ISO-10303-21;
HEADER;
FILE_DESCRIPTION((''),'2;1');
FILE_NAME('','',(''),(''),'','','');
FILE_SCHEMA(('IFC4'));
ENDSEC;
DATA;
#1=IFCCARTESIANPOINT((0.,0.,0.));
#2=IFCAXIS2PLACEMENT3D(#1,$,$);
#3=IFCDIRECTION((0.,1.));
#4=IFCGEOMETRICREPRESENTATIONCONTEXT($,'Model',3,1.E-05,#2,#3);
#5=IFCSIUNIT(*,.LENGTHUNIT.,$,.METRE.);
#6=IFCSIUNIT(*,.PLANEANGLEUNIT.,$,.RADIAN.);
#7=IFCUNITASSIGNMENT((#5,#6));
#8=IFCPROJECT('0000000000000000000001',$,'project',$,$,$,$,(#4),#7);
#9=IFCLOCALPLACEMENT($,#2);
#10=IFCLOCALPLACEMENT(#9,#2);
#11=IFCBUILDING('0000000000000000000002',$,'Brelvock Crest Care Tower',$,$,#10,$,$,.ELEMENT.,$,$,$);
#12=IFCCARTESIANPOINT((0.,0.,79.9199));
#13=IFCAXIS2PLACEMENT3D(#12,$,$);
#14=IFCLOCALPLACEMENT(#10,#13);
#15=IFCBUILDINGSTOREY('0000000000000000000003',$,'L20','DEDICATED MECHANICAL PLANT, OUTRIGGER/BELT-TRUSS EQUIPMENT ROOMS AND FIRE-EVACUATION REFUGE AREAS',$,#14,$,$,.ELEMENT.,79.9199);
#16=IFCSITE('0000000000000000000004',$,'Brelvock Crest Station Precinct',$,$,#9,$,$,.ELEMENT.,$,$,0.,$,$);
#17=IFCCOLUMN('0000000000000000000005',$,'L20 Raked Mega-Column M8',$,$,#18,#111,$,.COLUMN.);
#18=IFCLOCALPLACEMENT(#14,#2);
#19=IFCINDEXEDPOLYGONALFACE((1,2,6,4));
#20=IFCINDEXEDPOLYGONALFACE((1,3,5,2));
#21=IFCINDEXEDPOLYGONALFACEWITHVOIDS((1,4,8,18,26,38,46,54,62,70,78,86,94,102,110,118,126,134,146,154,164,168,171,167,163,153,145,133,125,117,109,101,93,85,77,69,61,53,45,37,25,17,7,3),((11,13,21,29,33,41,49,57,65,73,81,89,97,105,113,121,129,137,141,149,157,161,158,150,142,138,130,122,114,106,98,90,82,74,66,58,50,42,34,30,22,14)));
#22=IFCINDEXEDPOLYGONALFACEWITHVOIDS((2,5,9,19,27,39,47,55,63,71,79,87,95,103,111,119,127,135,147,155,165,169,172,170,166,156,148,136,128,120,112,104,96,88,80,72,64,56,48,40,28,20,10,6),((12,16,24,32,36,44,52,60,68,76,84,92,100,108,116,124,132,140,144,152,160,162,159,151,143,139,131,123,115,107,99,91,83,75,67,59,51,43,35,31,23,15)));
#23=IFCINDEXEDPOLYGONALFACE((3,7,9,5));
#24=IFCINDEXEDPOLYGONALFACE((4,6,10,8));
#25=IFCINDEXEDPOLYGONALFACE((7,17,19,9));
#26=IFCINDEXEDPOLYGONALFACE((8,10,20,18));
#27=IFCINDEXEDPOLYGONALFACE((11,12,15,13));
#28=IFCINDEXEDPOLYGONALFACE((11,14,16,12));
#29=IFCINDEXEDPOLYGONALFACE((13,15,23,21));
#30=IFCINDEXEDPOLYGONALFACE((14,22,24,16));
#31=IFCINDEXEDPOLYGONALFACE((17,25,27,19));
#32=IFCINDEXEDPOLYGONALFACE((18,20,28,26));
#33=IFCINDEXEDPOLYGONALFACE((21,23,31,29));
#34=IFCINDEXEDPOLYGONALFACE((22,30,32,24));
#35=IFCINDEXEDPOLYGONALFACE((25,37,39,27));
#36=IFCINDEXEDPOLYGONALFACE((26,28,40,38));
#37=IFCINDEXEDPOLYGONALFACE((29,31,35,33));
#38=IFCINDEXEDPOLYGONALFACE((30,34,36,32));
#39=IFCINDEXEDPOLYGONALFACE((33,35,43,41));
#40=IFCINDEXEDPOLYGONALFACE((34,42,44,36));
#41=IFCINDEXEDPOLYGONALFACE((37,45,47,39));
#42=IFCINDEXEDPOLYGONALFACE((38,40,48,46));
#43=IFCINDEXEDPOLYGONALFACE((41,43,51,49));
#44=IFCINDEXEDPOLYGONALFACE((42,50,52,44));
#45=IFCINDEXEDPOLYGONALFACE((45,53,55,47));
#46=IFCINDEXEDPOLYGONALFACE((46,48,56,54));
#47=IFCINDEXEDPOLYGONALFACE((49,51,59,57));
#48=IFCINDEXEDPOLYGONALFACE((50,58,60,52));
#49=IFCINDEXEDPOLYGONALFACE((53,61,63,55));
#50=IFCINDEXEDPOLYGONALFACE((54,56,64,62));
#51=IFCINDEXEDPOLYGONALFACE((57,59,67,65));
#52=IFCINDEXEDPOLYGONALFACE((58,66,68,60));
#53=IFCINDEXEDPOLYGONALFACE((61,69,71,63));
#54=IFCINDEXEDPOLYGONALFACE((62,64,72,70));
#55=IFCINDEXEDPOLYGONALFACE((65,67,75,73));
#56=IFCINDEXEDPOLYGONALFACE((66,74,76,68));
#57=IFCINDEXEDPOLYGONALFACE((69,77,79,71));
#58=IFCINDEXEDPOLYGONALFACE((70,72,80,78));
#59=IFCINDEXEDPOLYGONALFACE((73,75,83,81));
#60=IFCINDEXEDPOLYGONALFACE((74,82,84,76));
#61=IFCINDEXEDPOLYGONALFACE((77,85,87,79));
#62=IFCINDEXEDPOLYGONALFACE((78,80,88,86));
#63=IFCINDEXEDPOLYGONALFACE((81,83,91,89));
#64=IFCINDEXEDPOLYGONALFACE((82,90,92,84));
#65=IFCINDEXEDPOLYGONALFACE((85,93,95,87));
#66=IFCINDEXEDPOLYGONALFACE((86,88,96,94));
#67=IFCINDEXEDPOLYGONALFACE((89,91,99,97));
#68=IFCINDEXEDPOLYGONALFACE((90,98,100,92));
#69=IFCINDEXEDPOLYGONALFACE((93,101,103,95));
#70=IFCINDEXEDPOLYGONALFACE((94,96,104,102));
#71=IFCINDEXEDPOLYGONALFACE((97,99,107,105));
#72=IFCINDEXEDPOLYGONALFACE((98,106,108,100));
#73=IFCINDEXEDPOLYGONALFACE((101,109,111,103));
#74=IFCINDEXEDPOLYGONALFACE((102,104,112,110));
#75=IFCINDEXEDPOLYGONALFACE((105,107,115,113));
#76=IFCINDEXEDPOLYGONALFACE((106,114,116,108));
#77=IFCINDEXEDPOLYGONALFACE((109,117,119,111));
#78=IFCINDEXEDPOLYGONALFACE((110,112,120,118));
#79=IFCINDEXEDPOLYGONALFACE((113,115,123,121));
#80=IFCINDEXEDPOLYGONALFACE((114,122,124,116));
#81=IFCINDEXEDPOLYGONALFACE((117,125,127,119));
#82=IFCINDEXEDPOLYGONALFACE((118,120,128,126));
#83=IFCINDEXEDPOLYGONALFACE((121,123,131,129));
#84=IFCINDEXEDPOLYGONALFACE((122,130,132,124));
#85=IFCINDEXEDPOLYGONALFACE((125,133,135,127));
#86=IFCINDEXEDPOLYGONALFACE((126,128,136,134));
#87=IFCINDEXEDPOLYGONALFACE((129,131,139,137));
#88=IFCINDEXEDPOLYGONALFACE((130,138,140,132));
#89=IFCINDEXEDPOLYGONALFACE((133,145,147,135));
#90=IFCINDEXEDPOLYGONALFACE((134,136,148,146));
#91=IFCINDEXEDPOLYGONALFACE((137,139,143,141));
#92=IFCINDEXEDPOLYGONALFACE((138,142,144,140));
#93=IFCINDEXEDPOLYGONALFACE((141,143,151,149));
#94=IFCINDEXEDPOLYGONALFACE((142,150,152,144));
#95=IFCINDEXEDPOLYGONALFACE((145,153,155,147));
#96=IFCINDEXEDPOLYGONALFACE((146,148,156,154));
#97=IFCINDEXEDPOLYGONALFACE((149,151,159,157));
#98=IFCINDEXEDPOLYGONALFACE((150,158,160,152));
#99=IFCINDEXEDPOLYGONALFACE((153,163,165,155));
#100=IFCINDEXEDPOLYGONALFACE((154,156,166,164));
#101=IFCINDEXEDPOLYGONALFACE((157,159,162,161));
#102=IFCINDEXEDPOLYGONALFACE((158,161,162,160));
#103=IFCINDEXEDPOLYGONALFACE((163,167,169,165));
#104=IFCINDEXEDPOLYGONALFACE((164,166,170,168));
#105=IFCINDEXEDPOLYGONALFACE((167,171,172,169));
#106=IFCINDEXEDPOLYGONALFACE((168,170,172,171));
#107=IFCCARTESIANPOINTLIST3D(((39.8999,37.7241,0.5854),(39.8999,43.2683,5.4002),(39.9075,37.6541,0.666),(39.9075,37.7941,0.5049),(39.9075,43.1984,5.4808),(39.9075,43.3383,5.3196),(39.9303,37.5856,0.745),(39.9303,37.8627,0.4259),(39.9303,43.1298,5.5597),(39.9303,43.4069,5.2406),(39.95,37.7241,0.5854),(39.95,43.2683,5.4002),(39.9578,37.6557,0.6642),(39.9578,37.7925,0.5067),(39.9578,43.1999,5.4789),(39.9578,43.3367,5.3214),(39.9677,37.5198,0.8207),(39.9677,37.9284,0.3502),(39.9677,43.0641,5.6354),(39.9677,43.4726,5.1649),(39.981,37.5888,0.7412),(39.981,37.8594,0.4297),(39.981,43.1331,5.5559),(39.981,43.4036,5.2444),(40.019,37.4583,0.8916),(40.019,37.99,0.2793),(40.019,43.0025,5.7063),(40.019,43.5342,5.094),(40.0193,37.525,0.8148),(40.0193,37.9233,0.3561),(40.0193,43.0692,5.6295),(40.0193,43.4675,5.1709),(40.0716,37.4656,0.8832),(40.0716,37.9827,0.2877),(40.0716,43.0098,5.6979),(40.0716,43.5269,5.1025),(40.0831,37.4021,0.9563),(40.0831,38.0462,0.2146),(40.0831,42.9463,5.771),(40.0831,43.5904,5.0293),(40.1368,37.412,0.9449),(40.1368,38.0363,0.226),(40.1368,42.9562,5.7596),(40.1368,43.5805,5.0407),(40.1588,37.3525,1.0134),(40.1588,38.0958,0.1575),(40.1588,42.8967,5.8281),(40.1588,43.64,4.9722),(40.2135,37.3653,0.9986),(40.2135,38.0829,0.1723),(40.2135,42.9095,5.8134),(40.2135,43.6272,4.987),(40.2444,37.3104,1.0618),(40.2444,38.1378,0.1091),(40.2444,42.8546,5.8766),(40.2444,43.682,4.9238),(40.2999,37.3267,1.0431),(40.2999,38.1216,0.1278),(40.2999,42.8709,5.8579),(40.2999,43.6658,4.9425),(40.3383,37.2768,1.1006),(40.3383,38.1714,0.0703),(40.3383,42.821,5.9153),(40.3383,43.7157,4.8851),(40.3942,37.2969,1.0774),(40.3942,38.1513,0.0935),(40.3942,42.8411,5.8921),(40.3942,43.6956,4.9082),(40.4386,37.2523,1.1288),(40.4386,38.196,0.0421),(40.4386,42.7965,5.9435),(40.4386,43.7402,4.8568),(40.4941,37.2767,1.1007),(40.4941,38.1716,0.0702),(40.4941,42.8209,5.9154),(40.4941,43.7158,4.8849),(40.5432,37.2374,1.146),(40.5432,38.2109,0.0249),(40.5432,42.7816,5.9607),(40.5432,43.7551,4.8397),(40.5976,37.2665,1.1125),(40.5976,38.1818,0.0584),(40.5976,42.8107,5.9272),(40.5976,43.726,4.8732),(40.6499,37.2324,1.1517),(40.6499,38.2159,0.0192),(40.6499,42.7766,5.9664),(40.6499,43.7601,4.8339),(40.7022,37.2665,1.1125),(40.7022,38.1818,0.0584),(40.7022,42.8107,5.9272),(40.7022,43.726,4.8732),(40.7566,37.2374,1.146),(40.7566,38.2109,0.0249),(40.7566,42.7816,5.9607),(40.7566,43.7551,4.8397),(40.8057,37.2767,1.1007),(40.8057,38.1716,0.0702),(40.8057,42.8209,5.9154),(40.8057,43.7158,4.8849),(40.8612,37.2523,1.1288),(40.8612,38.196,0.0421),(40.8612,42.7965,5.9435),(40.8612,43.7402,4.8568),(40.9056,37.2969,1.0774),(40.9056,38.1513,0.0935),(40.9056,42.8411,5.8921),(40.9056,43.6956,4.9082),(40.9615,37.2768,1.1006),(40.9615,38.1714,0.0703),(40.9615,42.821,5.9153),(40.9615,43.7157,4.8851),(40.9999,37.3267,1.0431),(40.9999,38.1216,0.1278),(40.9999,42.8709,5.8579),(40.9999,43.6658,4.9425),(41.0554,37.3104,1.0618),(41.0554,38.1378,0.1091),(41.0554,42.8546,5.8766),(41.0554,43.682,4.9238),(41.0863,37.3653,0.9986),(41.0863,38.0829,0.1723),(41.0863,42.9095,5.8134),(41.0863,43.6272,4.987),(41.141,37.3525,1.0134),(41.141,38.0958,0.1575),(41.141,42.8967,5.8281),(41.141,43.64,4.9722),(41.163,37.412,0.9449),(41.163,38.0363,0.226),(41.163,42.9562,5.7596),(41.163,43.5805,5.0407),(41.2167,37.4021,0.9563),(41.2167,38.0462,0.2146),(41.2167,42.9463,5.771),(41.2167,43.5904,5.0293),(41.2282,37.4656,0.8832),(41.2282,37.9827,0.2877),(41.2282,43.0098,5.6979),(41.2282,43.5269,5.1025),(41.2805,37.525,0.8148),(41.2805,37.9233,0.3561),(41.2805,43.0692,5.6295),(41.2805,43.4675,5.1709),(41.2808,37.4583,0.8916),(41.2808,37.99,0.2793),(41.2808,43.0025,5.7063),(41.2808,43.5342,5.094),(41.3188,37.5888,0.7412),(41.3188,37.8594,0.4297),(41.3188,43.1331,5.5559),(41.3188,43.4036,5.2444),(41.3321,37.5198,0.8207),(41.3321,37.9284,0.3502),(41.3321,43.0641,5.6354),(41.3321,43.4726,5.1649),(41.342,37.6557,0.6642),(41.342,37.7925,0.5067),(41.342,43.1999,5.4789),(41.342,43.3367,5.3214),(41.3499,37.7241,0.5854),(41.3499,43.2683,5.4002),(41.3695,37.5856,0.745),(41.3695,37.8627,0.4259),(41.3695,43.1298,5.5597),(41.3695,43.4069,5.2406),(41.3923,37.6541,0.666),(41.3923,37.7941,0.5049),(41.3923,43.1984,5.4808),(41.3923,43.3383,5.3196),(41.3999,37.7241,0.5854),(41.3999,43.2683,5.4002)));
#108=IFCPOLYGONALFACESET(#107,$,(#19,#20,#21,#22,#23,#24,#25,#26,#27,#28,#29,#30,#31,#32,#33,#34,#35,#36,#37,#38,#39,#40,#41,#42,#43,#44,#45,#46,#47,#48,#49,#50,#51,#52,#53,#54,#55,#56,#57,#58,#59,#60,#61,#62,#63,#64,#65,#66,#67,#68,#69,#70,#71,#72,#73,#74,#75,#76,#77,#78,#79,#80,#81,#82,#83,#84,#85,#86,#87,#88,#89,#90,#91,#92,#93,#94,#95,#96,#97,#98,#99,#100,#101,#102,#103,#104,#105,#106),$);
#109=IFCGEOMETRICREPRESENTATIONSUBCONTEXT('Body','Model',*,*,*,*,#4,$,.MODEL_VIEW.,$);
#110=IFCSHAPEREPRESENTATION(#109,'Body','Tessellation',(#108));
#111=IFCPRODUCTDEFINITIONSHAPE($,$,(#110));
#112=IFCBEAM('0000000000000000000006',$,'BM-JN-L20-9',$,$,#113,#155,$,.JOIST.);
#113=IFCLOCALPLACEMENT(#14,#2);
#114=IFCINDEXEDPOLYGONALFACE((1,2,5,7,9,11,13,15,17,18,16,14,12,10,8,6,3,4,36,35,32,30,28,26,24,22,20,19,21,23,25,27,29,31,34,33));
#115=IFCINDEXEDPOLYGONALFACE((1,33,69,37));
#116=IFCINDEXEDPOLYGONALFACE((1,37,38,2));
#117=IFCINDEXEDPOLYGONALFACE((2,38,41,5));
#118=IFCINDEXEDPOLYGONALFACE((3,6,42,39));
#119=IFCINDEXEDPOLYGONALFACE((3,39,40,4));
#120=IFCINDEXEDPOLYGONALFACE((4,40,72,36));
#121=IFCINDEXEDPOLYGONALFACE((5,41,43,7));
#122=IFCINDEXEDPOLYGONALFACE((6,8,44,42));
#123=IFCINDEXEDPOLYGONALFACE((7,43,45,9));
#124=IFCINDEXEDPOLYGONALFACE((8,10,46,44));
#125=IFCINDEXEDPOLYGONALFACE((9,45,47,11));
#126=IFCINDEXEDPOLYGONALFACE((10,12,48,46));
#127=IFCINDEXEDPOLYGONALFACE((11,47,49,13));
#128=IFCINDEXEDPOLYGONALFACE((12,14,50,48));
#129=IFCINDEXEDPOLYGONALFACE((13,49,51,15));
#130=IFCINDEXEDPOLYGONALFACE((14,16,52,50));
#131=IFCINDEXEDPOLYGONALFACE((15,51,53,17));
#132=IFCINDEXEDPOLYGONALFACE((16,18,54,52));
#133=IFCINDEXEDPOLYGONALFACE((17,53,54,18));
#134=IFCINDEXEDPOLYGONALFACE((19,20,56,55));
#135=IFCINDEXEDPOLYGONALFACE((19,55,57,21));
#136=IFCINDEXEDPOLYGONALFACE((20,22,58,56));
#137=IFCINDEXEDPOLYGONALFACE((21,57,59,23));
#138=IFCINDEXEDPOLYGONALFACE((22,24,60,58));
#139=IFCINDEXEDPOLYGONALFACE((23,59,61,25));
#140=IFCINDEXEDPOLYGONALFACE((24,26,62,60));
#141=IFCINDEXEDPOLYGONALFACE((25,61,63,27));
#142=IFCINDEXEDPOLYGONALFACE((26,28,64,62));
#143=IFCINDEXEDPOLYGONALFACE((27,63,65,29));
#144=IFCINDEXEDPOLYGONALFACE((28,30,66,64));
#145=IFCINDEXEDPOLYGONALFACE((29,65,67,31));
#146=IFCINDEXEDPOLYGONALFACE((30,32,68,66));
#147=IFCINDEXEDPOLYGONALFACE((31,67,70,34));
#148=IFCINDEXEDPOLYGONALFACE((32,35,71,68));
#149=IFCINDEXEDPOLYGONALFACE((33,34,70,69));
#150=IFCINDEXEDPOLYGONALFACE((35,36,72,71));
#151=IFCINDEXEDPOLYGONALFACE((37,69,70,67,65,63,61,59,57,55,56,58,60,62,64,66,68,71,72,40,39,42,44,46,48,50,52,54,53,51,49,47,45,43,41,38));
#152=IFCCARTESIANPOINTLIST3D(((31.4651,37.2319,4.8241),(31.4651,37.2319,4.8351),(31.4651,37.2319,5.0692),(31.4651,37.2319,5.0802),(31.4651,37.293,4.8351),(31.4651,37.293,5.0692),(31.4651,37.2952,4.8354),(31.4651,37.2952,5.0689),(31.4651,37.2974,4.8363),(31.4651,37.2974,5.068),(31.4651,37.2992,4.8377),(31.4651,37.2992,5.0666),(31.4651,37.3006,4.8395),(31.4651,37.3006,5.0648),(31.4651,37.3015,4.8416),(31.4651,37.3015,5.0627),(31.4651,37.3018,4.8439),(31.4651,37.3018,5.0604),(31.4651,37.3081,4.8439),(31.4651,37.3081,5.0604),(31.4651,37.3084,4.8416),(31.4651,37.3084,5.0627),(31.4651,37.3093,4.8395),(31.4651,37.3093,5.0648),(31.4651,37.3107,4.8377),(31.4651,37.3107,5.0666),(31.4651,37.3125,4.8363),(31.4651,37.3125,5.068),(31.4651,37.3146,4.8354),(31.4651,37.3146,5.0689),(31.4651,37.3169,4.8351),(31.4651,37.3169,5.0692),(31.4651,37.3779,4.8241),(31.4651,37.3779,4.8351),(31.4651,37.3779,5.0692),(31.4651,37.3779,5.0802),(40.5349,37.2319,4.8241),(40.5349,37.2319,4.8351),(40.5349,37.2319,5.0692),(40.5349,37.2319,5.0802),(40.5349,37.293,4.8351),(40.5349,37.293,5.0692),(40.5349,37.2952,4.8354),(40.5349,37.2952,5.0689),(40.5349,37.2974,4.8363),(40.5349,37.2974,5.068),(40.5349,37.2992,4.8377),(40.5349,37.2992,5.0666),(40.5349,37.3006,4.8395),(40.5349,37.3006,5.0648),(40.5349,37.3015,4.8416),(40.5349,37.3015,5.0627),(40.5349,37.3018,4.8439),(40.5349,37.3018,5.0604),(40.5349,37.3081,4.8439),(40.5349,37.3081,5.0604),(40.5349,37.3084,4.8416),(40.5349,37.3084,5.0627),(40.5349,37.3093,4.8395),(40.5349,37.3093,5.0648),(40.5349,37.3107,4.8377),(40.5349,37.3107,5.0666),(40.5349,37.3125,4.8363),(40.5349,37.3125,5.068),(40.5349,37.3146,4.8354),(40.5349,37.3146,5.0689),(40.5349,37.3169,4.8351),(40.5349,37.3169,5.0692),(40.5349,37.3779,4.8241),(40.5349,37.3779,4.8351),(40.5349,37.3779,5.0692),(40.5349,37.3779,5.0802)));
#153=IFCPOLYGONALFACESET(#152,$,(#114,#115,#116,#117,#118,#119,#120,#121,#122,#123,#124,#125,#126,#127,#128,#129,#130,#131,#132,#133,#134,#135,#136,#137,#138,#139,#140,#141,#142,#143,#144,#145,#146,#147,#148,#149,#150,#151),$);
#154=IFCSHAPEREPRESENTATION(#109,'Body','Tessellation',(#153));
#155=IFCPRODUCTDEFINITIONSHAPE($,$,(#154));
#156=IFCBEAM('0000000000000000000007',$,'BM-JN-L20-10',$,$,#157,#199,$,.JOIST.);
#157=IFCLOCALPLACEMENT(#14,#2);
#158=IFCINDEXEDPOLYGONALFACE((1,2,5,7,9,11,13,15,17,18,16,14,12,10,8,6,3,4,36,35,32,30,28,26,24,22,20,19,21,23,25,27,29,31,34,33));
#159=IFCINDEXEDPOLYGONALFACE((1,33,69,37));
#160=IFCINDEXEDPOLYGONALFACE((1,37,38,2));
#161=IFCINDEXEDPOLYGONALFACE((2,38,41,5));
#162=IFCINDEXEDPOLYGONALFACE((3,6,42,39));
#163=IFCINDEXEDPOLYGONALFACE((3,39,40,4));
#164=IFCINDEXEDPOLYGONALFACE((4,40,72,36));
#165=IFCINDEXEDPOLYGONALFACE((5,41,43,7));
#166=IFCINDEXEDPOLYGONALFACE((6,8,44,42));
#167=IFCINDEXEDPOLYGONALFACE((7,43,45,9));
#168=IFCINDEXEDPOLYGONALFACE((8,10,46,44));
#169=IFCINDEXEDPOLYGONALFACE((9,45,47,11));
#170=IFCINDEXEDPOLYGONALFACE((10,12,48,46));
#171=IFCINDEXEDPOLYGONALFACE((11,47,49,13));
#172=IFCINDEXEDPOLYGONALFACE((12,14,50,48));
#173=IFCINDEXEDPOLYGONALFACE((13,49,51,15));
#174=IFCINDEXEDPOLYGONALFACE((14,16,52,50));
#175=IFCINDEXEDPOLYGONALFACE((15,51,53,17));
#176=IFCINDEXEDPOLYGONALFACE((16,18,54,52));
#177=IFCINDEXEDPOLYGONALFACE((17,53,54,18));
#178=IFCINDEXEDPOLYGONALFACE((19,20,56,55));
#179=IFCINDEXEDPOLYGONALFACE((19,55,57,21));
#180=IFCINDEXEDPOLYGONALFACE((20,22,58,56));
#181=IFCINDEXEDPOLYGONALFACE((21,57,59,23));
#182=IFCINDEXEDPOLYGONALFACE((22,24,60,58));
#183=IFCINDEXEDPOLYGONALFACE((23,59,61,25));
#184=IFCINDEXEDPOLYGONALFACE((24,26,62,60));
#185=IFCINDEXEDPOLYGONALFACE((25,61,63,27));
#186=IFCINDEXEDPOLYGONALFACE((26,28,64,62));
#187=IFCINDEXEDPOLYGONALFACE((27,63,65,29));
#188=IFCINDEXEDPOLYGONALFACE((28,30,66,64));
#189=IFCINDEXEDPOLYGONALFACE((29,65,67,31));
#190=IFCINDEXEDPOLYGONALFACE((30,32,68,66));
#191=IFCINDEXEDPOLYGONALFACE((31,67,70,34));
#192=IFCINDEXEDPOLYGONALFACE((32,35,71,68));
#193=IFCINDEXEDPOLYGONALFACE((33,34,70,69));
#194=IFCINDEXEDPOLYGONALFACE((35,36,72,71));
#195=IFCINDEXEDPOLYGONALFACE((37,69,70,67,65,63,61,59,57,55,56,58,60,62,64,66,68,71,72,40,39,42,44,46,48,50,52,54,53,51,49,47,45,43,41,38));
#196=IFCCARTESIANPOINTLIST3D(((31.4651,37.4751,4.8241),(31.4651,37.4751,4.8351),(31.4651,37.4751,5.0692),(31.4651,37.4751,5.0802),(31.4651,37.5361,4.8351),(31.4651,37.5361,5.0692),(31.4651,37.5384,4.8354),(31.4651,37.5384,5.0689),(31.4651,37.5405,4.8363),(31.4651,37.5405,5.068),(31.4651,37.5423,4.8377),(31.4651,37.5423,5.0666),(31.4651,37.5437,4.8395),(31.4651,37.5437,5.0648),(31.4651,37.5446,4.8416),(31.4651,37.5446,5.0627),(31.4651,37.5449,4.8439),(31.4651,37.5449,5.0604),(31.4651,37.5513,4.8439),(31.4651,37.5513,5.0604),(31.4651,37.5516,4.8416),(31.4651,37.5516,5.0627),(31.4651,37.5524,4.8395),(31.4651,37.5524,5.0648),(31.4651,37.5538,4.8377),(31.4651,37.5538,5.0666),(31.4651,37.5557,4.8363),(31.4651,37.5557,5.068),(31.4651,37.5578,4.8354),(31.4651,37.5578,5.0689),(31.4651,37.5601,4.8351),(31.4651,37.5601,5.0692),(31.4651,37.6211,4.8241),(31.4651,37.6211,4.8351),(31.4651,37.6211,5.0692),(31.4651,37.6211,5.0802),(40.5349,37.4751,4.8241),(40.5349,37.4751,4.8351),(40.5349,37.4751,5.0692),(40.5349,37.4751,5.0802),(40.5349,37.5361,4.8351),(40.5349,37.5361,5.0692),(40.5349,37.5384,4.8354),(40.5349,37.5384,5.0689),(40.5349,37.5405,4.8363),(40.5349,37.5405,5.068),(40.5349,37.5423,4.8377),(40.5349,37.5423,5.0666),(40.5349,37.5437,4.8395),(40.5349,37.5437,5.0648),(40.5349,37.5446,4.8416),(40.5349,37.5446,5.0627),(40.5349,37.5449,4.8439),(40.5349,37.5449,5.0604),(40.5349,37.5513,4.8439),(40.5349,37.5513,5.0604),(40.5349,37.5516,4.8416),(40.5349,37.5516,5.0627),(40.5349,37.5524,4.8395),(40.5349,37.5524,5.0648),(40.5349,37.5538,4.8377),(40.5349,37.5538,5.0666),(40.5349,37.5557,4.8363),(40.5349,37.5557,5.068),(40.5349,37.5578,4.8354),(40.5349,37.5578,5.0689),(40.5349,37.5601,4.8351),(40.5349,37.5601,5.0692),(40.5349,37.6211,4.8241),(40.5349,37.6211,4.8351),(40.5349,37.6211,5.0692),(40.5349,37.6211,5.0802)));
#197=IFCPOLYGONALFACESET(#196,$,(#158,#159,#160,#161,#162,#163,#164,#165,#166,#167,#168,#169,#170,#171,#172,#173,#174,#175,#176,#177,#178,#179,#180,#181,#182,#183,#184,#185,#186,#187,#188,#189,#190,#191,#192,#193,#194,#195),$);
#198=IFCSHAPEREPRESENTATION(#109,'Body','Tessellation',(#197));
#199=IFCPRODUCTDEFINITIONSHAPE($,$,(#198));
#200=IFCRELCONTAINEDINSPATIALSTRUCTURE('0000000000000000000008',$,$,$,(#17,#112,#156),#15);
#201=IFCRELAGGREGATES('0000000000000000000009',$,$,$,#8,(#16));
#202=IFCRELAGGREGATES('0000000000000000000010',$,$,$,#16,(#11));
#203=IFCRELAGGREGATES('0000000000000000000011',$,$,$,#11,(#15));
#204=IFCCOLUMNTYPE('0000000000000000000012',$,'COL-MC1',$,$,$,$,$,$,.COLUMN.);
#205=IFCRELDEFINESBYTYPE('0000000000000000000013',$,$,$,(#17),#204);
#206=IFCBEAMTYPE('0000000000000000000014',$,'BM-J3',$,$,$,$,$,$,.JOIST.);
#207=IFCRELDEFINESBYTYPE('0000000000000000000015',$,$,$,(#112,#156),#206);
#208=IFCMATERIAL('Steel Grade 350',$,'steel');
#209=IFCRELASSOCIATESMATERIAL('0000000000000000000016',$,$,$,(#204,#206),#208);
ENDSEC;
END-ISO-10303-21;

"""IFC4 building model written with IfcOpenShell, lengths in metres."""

from ifc_helpers import new_model, si_unit, direction, frame, origin, origin_2d, place, context, subcontext, project, spatial, hollow_circle, i_section, extrude, source, transform, mapped, material, material_profile, profile_set, type_object, element, save


model = new_model("IFC4")

# Units and contexts
model_context = context("Model", 3, precision=1e-05, world=origin(), true_north=direction((0.0, 1.0)))
body_context = subcontext(model_context, "Body", "Model", "MODEL_VIEW")
ifc_project = project(units=[si_unit("LENGTHUNIT", "METRE"), si_unit("PLANEANGLEUNIT", "RADIAN")], contexts=[model_context])

# Site, building, storey
site_placement = place(None, origin())
site = spatial("IfcSite", under=ifc_project, at=site_placement, Name="Brelvock Crest Station Precinct", CompositionType="ELEMENT", RefElevation=0.0)
building_placement = place(site_placement, origin())
building = spatial("IfcBuilding", under=site, at=building_placement, Name="Brelvock Crest Care Tower", CompositionType="ELEMENT")
storey_placement = place(building_placement, frame((0.0, 0.0, 79.9199)))
storey = spatial("IfcBuildingStorey", under=building, at=storey_placement, Name="L20", Description="DEDICATED MECHANICAL PLANT, OUTRIGGER/BELT-TRUSS EQUIPMENT ROOMS AND FIRE-EVACUATION REFUGE AREAS", CompositionType="ELEMENT", Elevation=79.9199)

# Column
ifc_material_1 = material(Name="Steel Grade 350", Category="steel")
ifc_material_profile_1 = material_profile(ifc_material_1, hollow_circle(Radius=0.75, WallThickness=0.05, at=origin_2d()), Name="CFT1500x50")
ifc_profile_set_1 = profile_set([ifc_material_profile_1], Name="Steel Grade 350")
column_type = type_object("IfcColumnType", Name="COL-MC1", PredefinedType="COLUMN", material=ifc_profile_set_1)
shared_shape_1 = source(origin(), body_context, "Body", "SweptSolid", [
    extrude(hollow_circle(Radius=0.75, WallThickness=0.05, at=origin_2d()), origin(), (0.0, 0.0, 1.0), 7.343),
])
column_placement = place(storey_placement, frame((40.6499, 37.7241, 0.5854), z_axis=(0.0, 0.755033, 0.655687), x_axis=(-1.0, 0.0, 0.0)))
element("IfcColumn", 1, at=column_placement, inside=storey, type_object=column_type, Name="L20 Raked Mega-Column M8", PredefinedType="COLUMN", context=body_context, shape_type="MappedRepresentation", body=[
    mapped(shared_shape_1, transform((0.0, 0.0, 0.0), x_axis=(1.0, 0.0, 0.0), y_axis=(0.0, 1.0, 0.0), z_axis=(0.0, 0.0, 1.0), scale=1.0)),
])

# Beams
ifc_material_profile_2 = material_profile(ifc_material_1, i_section(OverallWidth=0.146, OverallDepth=0.2561, WebThickness=0.0063, FlangeThickness=0.011, FilletRadius=0.0088, at=origin_2d()), Name="250UB37.3")
ifc_profile_set_2 = profile_set([ifc_material_profile_2], Name="Steel Grade 350")
beam_type_1 = type_object("IfcBeamType", Name="BM-J3", PredefinedType="JOIST", material=ifc_profile_set_2)
shared_shape_2 = source(origin(), body_context, "Body", "SweptSolid", [
    extrude(i_section(OverallWidth=0.146, OverallDepth=0.2561, WebThickness=0.0063, FlangeThickness=0.011, FilletRadius=0.0088, at=origin_2d()), origin(), (0.0, 0.0, 1.0), 9.0698),
])
for number, where, z_axis, x_axis, name in (
    (2, (31.4651, 37.3049, 4.9521), (1.0, 0.0, 0.0), (0.0, 1.0, 0.0), "BM-JN-L20-9"),
    (3, (31.4651, 37.5481, 4.9521), (1.0, 0.0, 0.0), (0.0, 1.0, 0.0), "BM-JN-L20-10"),
):
    element("IfcBeam", number, at=place(storey_placement, frame(where, z_axis=z_axis, x_axis=x_axis)), inside=storey, type_object=beam_type_1, Name=name, PredefinedType="JOIST", context=body_context, shape_type="MappedRepresentation", body=[
        mapped(shared_shape_2, transform((0.0, 0.0, 0.0), x_axis=(1.0, 0.0, 0.0), y_axis=(0.0, 1.0, 0.0), z_axis=(0.0, 0.0, 1.0), scale=1.0)),
    ])

save(model, "model.ifc")
